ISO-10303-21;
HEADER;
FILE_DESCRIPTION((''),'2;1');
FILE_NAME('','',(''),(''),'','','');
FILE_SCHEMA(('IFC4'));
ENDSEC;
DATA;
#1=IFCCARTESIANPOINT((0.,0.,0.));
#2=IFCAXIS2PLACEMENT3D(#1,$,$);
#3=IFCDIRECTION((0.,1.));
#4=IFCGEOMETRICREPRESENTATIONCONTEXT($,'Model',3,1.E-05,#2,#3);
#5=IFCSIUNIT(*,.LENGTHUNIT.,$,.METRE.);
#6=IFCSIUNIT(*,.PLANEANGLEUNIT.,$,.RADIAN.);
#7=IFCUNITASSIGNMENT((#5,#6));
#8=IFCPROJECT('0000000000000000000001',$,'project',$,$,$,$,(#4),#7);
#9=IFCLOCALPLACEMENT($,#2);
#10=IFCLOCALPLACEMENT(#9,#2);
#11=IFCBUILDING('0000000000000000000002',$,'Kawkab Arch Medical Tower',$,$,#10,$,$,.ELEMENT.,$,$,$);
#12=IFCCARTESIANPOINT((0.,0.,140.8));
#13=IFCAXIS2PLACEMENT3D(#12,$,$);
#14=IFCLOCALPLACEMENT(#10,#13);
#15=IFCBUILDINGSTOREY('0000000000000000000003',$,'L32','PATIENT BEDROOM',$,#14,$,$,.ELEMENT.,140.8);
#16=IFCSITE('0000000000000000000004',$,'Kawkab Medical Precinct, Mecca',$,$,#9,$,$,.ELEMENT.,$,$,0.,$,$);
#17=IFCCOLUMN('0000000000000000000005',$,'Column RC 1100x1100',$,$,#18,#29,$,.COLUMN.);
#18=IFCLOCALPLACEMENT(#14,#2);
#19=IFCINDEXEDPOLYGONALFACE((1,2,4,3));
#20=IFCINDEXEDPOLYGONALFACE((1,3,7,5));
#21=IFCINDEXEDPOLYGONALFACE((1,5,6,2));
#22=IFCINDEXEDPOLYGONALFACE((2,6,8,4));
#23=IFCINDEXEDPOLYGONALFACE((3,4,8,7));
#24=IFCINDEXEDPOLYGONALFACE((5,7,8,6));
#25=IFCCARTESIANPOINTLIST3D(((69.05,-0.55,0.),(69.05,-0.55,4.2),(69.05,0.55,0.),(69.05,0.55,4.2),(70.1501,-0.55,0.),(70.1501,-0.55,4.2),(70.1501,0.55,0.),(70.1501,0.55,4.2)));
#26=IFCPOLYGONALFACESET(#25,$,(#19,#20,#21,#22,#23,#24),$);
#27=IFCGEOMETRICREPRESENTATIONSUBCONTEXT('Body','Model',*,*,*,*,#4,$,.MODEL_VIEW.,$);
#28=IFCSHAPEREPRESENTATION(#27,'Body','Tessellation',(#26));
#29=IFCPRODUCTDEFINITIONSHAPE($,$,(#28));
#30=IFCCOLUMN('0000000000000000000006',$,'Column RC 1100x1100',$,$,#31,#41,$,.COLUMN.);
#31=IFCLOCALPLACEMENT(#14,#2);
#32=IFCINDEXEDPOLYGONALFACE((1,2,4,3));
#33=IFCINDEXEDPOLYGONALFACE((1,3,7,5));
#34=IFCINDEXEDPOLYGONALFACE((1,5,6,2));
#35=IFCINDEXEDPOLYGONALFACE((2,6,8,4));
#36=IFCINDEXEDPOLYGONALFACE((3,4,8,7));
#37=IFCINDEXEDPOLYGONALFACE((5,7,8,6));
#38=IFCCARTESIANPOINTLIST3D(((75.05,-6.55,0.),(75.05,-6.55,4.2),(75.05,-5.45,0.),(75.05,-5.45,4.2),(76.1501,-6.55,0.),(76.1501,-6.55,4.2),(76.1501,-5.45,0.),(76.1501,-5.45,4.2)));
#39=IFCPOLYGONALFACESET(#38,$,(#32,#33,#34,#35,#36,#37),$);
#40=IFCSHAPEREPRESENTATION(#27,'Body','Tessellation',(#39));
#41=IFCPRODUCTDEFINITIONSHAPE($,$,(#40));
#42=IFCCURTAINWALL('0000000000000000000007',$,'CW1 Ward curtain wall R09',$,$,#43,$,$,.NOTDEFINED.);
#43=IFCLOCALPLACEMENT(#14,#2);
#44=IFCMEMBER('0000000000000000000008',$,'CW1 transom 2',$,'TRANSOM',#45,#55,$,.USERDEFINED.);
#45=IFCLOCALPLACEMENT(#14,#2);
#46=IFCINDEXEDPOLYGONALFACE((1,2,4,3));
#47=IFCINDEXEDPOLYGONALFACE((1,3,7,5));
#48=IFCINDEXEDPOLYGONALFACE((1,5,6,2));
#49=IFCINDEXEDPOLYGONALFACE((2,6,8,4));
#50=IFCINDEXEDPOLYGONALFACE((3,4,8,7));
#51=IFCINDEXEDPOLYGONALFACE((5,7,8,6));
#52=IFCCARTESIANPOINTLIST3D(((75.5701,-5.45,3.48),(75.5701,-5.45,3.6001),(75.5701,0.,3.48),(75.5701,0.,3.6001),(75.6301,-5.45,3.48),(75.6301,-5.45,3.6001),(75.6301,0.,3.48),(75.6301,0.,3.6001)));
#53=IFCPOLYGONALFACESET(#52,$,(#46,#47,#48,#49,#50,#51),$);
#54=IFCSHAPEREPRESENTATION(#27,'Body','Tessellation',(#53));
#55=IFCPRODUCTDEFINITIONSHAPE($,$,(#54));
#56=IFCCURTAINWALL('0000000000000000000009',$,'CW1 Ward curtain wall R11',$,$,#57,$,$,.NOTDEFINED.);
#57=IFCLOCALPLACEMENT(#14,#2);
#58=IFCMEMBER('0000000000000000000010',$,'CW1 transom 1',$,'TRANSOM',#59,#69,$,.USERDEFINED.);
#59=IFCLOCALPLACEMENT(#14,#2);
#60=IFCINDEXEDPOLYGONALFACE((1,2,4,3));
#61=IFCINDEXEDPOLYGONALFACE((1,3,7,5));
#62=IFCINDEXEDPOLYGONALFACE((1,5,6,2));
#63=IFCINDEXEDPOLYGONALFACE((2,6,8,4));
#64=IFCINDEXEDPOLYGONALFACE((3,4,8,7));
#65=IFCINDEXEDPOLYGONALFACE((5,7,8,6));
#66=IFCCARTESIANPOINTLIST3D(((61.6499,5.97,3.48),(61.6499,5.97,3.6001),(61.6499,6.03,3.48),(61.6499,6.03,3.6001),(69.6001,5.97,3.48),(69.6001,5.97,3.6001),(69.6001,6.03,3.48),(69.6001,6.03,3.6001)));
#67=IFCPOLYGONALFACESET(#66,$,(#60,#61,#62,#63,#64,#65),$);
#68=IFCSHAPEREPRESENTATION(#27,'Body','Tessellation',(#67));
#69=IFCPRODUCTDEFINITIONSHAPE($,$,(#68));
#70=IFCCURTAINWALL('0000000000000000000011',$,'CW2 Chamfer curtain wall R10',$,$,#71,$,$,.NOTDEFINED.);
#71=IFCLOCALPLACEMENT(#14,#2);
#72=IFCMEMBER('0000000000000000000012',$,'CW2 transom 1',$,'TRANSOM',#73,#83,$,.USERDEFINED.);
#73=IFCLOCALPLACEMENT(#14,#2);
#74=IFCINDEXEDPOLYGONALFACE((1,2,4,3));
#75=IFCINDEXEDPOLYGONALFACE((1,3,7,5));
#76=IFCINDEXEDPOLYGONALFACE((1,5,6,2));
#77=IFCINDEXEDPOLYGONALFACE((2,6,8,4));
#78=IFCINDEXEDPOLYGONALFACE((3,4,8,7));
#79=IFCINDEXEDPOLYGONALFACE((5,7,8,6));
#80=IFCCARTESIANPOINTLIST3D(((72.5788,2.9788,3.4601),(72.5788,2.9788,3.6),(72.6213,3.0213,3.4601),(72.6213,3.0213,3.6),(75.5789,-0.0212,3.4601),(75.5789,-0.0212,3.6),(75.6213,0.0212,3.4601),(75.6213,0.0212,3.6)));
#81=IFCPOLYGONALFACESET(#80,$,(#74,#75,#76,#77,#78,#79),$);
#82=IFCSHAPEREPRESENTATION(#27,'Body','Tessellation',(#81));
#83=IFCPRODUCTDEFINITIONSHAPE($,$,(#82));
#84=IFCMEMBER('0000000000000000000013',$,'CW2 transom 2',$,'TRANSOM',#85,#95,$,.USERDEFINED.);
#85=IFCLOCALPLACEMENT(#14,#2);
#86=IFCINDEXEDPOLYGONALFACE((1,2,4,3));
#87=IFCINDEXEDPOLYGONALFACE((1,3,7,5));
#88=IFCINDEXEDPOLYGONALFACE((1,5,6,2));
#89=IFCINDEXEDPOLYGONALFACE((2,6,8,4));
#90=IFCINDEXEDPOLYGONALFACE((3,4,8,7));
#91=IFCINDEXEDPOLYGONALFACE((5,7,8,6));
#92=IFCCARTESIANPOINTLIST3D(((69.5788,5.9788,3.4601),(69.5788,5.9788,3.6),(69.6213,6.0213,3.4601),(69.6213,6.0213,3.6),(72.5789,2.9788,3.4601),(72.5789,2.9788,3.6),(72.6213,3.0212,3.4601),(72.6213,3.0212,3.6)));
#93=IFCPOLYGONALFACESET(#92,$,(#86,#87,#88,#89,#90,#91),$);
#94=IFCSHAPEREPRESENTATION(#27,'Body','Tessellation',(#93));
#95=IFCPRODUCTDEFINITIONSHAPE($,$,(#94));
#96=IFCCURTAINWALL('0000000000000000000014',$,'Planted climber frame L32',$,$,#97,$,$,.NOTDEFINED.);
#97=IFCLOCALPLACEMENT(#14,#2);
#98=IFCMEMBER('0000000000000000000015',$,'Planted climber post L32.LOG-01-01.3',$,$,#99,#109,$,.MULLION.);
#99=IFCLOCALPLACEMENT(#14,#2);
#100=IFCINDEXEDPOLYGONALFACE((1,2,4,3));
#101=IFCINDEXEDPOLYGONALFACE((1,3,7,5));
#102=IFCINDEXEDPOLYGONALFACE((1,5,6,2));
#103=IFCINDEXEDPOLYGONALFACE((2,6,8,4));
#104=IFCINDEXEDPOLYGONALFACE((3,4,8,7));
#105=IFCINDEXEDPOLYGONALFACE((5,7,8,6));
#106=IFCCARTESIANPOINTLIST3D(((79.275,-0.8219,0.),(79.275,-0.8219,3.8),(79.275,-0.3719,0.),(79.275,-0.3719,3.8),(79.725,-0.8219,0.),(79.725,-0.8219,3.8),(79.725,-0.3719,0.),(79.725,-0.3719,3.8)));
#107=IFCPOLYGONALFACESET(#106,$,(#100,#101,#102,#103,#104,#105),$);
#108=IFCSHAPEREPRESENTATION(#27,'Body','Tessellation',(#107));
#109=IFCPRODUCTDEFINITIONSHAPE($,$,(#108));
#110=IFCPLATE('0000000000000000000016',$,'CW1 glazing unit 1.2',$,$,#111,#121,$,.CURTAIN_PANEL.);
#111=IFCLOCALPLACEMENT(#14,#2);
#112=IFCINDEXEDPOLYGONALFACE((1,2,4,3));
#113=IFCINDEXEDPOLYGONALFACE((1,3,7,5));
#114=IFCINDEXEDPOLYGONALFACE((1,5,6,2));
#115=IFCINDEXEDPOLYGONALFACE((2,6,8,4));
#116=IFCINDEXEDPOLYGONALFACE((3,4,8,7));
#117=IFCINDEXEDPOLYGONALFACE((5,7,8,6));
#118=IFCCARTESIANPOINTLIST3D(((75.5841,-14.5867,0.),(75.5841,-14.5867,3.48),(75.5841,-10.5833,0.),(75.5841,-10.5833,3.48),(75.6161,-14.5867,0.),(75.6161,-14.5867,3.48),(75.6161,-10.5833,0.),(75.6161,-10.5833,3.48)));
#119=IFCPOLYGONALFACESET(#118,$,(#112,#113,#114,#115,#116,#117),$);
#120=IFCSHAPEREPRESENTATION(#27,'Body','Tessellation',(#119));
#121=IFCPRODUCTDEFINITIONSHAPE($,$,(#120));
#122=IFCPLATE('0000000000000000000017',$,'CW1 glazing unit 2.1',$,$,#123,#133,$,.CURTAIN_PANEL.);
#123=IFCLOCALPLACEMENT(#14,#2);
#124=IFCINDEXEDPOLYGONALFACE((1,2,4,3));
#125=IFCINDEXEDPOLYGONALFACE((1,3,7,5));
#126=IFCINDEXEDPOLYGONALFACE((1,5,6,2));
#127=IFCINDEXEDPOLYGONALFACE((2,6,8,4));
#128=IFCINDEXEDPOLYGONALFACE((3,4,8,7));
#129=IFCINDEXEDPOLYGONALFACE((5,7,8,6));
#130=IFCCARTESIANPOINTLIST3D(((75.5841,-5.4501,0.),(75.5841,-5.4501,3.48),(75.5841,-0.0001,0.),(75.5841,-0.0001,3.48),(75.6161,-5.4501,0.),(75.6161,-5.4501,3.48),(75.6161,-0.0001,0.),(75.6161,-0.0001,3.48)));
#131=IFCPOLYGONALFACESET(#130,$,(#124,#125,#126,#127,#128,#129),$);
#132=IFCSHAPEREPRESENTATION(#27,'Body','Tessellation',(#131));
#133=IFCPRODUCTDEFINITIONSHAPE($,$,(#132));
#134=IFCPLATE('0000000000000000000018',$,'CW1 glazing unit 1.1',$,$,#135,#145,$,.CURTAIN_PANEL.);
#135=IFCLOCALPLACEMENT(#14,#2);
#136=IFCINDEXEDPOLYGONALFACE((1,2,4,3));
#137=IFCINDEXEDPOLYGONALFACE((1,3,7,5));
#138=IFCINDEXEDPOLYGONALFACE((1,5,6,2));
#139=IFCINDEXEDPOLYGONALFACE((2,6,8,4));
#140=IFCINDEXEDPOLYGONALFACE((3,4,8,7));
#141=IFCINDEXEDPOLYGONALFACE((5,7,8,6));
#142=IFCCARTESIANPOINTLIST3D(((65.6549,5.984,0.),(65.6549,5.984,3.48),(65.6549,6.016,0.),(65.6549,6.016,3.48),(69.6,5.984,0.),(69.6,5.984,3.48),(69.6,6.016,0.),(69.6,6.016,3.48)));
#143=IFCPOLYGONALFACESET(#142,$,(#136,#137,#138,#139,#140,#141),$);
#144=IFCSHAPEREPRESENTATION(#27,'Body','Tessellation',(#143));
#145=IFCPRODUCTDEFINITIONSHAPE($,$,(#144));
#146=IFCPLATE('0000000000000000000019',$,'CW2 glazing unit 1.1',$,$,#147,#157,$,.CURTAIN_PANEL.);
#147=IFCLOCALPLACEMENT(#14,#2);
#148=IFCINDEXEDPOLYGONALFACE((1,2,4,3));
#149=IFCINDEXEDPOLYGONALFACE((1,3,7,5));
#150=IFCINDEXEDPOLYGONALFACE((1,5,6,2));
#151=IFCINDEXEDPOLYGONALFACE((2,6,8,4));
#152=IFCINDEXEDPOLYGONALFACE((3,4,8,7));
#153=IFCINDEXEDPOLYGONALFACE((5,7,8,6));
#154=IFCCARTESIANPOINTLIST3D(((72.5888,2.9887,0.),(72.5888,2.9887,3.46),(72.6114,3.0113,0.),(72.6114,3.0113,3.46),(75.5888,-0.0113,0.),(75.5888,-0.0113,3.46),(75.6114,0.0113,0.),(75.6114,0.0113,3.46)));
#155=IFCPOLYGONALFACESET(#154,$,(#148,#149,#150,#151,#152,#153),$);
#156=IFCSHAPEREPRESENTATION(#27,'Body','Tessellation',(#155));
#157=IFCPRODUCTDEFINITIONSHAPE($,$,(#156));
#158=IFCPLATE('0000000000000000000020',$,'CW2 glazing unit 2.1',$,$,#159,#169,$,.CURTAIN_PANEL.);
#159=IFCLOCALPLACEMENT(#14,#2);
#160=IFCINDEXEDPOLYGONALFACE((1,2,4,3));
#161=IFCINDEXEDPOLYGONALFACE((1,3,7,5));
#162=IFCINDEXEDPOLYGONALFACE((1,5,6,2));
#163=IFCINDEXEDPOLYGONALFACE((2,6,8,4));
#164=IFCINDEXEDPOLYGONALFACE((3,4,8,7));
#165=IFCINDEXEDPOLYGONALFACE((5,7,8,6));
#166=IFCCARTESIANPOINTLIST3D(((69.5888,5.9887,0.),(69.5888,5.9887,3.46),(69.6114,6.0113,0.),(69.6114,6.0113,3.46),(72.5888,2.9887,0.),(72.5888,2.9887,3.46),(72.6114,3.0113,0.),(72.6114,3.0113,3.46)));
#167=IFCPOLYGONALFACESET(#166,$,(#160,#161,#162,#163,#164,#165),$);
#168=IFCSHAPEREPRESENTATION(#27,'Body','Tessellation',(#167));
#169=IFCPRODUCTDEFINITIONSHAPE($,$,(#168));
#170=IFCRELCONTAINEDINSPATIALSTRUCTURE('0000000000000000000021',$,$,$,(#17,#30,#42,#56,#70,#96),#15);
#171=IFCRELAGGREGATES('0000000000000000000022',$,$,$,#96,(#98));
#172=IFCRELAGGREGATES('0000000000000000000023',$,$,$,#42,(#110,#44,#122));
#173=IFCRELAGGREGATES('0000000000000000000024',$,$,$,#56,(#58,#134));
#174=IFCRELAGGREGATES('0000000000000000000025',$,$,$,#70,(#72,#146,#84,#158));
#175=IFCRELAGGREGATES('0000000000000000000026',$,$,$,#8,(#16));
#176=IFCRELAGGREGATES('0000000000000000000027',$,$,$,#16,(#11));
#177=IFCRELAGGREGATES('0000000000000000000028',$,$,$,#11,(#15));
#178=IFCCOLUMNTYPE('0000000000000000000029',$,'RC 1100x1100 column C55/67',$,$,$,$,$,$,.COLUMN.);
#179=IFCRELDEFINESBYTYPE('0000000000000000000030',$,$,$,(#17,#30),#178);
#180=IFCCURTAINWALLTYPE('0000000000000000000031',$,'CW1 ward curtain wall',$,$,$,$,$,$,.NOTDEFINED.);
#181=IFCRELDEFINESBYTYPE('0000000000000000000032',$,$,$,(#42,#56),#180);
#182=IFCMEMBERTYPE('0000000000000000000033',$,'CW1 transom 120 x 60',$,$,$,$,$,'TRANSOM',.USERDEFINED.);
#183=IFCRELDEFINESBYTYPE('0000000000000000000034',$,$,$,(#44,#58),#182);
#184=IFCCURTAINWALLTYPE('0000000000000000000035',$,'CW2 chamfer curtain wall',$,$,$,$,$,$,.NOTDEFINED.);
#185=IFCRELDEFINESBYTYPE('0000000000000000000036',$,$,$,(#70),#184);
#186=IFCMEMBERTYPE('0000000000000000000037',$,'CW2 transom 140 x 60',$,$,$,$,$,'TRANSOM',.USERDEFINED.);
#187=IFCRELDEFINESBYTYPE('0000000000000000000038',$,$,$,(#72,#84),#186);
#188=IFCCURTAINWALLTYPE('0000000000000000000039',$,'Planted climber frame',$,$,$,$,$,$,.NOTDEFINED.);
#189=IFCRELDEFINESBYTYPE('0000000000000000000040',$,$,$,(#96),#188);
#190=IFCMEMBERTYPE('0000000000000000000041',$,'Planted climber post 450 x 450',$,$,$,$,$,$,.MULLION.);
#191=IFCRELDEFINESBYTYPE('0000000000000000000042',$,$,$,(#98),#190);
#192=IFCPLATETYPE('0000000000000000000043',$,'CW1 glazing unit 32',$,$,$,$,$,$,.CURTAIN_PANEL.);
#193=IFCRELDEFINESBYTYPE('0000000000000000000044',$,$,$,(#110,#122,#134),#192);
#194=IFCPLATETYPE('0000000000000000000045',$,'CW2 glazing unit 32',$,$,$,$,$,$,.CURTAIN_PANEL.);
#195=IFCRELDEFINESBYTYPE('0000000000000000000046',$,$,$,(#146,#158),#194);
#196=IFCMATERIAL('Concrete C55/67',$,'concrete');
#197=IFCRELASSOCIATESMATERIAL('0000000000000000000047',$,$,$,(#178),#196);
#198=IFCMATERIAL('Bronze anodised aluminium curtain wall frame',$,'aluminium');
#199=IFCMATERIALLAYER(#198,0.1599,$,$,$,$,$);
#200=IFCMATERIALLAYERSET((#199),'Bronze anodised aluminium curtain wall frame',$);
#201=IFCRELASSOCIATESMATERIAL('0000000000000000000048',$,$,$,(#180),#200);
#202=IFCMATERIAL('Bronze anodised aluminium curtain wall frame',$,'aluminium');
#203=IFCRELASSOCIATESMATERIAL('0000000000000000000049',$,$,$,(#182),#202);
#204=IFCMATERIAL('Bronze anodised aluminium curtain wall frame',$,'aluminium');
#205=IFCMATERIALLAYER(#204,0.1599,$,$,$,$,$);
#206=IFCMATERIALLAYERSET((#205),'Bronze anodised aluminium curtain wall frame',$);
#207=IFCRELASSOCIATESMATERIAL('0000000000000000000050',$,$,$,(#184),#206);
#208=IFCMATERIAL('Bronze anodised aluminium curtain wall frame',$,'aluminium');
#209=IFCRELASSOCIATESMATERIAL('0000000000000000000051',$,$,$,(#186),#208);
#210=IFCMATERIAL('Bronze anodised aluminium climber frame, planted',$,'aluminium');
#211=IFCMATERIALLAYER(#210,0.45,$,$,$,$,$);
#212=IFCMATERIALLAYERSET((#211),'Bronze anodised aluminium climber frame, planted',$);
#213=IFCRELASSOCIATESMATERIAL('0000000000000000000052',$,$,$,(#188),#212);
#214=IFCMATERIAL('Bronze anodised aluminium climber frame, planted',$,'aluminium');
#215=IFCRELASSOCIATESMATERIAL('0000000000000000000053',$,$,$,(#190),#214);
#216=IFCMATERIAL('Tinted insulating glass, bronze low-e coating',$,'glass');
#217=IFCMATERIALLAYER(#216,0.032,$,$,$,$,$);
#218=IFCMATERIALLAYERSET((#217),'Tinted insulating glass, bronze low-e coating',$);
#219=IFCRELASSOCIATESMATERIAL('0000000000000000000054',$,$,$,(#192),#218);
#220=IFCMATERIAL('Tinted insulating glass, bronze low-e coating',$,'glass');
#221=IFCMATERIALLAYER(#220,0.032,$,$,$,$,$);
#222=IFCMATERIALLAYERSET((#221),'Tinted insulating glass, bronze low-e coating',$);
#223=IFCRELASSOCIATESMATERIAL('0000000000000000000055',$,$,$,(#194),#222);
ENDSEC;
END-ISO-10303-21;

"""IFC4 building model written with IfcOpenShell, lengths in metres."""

from ifc_helpers import new_model, si_unit, direction, frame, origin, origin_2d, place, context, subcontext, project, spatial, rectangle, extrude, material, layer, layer_set, material_profile, profile_set, type_object, element, aggregate, save


model = new_model("IFC4")

# Units and contexts
model_context = context("Model", 3, precision=1e-05, world=origin(), true_north=direction((0.0, 1.0)))
body_context = subcontext(model_context, "Body", "Model", "MODEL_VIEW")
ifc_project = project(units=[si_unit("LENGTHUNIT", "METRE"), si_unit("PLANEANGLEUNIT", "RADIAN")], contexts=[model_context])

# Site, building, storey
site_placement = place(None, origin())
site = spatial("IfcSite", under=ifc_project, at=site_placement, Name="Kawkab Medical Precinct, Mecca", CompositionType="ELEMENT", RefElevation=0.0)
building_placement = place(site_placement, origin())
building = spatial("IfcBuilding", under=site, at=building_placement, Name="Kawkab Arch Medical Tower", CompositionType="ELEMENT")
storey_placement = place(building_placement, frame((0.0, 0.0, 140.8)))
storey = spatial("IfcBuildingStorey", under=building, at=storey_placement, Name="L32", Description="PATIENT BEDROOM", CompositionType="ELEMENT", Elevation=140.8)

# Columns
ifc_material_1 = material(Name="Concrete C55/67", Category="concrete")
ifc_material_profile_1 = material_profile(ifc_material_1, rectangle(XDim=1.1001, YDim=1.1001, at=origin_2d()), Name="RC 1100x1100")
ifc_profile_set_1 = profile_set([ifc_material_profile_1], Name="Concrete C55/67")
column_type = type_object("IfcColumnType", Name="RC 1100x1100 column C55/67", PredefinedType="COLUMN", material=ifc_profile_set_1)
for number, where, z_axis, x_axis, name in (
    (1, (69.6001, 0.0, 0.0), (0.0, 0.0, 1.0), (1.0, 0.0, 0.0), "Column RC 1100x1100"),
    (2, (75.6001, -6.0, 0.0), (0.0, 0.0, 1.0), (1.0, 0.0, 0.0), "Column RC 1100x1100"),
):
    element("IfcColumn", number, at=place(storey_placement, frame(where, z_axis=z_axis, x_axis=x_axis)), inside=storey, type_object=column_type, Name=name, PredefinedType="COLUMN", context=body_context, shape_type="SweptSolid", body=[
        extrude(rectangle(XDim=1.1001, YDim=1.1001, at=origin_2d()), origin(), (0.0, 0.0, 1.0), 4.2),
    ])

# Curtain walls, members
ifc_material_2 = material(Name="Bronze anodised aluminium curtain wall frame", Category="aluminium")
ifc_layer_1 = layer(ifc_material_2, 0.1599)
ifc_layer_set_1 = layer_set([ifc_layer_1], Name="Bronze anodised aluminium curtain wall frame")
curtain_wall_type_1 = type_object("IfcCurtainWallType", Name="CW1 ward curtain wall", PredefinedType="NOTDEFINED", material=ifc_layer_set_1)
placement = place(storey_placement, origin())
curtain_wall_1 = element("IfcCurtainWall", 3, at=placement, inside=storey, type_object=curtain_wall_type_1, Name="CW1 Ward curtain wall R09", PredefinedType="NOTDEFINED")
ifc_material_3 = material(Name="Bronze anodised aluminium curtain wall frame", Category="aluminium")
ifc_material_profile_2 = material_profile(ifc_material_3, rectangle(XDim=0.0601, YDim=0.1201, at=origin_2d()), Name="AL 60x120")
ifc_profile_set_2 = profile_set([ifc_material_profile_2], Name="Bronze anodised aluminium curtain wall frame")
member_type_1 = type_object("IfcMemberType", Name="CW1 transom 120 x 60", ElementType="TRANSOM", PredefinedType="USERDEFINED", material=ifc_profile_set_2)
member_1_placement = place(storey_placement, frame((75.6001, -5.45, 3.54), z_axis=(0.0, 1.0, 0.0), x_axis=(-1.0, 0.0, 0.0)))
member_1 = element("IfcMember", 4, at=member_1_placement, type_object=member_type_1, Name="CW1 transom 2", ObjectType="TRANSOM", PredefinedType="USERDEFINED", context=body_context, shape_type="SweptSolid", body=[
    extrude(rectangle(XDim=0.0601, YDim=0.1201, at=origin_2d()), origin(), (0.0, 0.0, 1.0), 5.45),
])
curtain_wall_2 = element("IfcCurtainWall", 5, at=placement, inside=storey, type_object=curtain_wall_type_1, Name="CW1 Ward curtain wall R11", PredefinedType="NOTDEFINED")
member_2_placement = place(storey_placement, frame((69.6001, 6.0, 3.54), z_axis=(-1.0, 0.0, 0.0), x_axis=(0.0, -1.0, 0.0)))
member_2 = element("IfcMember", 6, at=member_2_placement, type_object=member_type_1, Name="CW1 transom 1", ObjectType="TRANSOM", PredefinedType="USERDEFINED", context=body_context, shape_type="SweptSolid", body=[
    extrude(rectangle(XDim=0.0601, YDim=0.1201, at=origin_2d()), origin(), (0.0, 0.0, 1.0), 7.9502),
])

# Curtain wall, members
ifc_material_4 = material(Name="Bronze anodised aluminium curtain wall frame", Category="aluminium")
ifc_layer_2 = layer(ifc_material_4, 0.1599)
ifc_layer_set_2 = layer_set([ifc_layer_2], Name="Bronze anodised aluminium curtain wall frame")
curtain_wall_type_2 = type_object("IfcCurtainWallType", Name="CW2 chamfer curtain wall", PredefinedType="NOTDEFINED", material=ifc_layer_set_2)
curtain_wall_3 = element("IfcCurtainWall", 7, at=placement, inside=storey, type_object=curtain_wall_type_2, Name="CW2 Chamfer curtain wall R10", PredefinedType="NOTDEFINED")
ifc_material_5 = material(Name="Bronze anodised aluminium curtain wall frame", Category="aluminium")
ifc_material_profile_3 = material_profile(ifc_material_5, rectangle(XDim=0.0601, YDim=0.1399, at=origin_2d()), Name="AL 60x140")
ifc_profile_set_3 = profile_set([ifc_material_profile_3], Name="Bronze anodised aluminium curtain wall frame")
member_type_2 = type_object("IfcMemberType", Name="CW2 transom 140 x 60", ElementType="TRANSOM", PredefinedType="USERDEFINED", material=ifc_profile_set_3)
member_3_placement = place(storey_placement, frame((75.6001, 0.0, 3.53), z_axis=(-0.707107, 0.707107, 0.0), x_axis=(-0.707107, -0.707107, 0.0)))
member_3 = element("IfcMember", 8, at=member_3_placement, type_object=member_type_2, Name="CW2 transom 1", ObjectType="TRANSOM", PredefinedType="USERDEFINED", context=body_context, shape_type="SweptSolid", body=[
    extrude(rectangle(XDim=0.0601, YDim=0.1399, at=origin_2d()), origin(), (0.0, 0.0, 1.0), 4.2427),
])
member_4_placement = place(storey_placement, frame((72.6001, 3.0, 3.53), z_axis=(-0.707107, 0.707107, 0.0), x_axis=(-0.707107, -0.707107, 0.0)))
member_4 = element("IfcMember", 9, at=member_4_placement, type_object=member_type_2, Name="CW2 transom 2", ObjectType="TRANSOM", PredefinedType="USERDEFINED", context=body_context, shape_type="SweptSolid", body=[
    extrude(rectangle(XDim=0.0601, YDim=0.1399, at=origin_2d()), origin(), (0.0, 0.0, 1.0), 4.2427),
])

# Curtain wall, member
ifc_material_6 = material(Name="Bronze anodised aluminium climber frame, planted", Category="aluminium")
ifc_layer_3 = layer(ifc_material_6, 0.45)
ifc_layer_set_3 = layer_set([ifc_layer_3], Name="Bronze anodised aluminium climber frame, planted")
curtain_wall_type_3 = type_object("IfcCurtainWallType", Name="Planted climber frame", PredefinedType="NOTDEFINED", material=ifc_layer_set_3)
curtain_wall_4 = element("IfcCurtainWall", 10, at=placement, inside=storey, type_object=curtain_wall_type_3, Name="Planted climber frame L32", PredefinedType="NOTDEFINED")
ifc_material_7 = material(Name="Bronze anodised aluminium climber frame, planted", Category="aluminium")
ifc_material_profile_4 = material_profile(ifc_material_7, rectangle(XDim=0.45, YDim=0.45, at=origin_2d()), Name="Post 450x450")
ifc_profile_set_4 = profile_set([ifc_material_profile_4], Name="Bronze anodised aluminium climber frame, planted")
member_type_3 = type_object("IfcMemberType", Name="Planted climber post 450 x 450", PredefinedType="MULLION", material=ifc_profile_set_4)
member_5_placement = place(storey_placement, frame((79.5, -0.5969, 0.0), z_axis=(0.0, 0.0, 1.0), x_axis=(1.0, 0.0, 0.0)))
member_5 = element("IfcMember", 11, at=member_5_placement, type_object=member_type_3, Name="Planted climber post L32.LOG-01-01.3", PredefinedType="MULLION", context=body_context, shape_type="SweptSolid", body=[
    extrude(rectangle(XDim=0.45, YDim=0.45, at=origin_2d()), origin(), (0.0, 0.0, 1.0), 3.8),
])
aggregate(curtain_wall_4, [member_5])

# Plates
ifc_material_8 = material(Name="Tinted insulating glass, bronze low-e coating", Category="glass")
ifc_layer_4 = layer(ifc_material_8, 0.032)
ifc_layer_set_4 = layer_set([ifc_layer_4], Name="Tinted insulating glass, bronze low-e coating")
plate_type_1 = type_object("IfcPlateType", Name="CW1 glazing unit 32", PredefinedType="CURTAIN_PANEL", material=ifc_layer_set_4)
plate_1_placement = place(storey_placement, frame((75.6001, -12.585, 0.0), z_axis=(0.0, 0.0, 1.0), x_axis=(0.0, 1.0, 0.0)))
plate_1 = element("IfcPlate", 12, at=plate_1_placement, type_object=plate_type_1, Name="CW1 glazing unit 1.2", PredefinedType="CURTAIN_PANEL", context=body_context, shape_type="SweptSolid", body=[
    extrude(rectangle(XDim=4.0034, YDim=0.032, at=origin_2d()), origin(), (0.0, 0.0, 1.0), 3.48),
])
plate_2_placement = place(storey_placement, frame((75.6001, -2.7251, 0.0), z_axis=(0.0, 0.0, 1.0), x_axis=(0.0, 1.0, 0.0)))
plate_2 = element("IfcPlate", 13, at=plate_2_placement, type_object=plate_type_1, Name="CW1 glazing unit 2.1", PredefinedType="CURTAIN_PANEL", context=body_context, shape_type="SweptSolid", body=[
    extrude(rectangle(XDim=5.45, YDim=0.032, at=origin_2d()), origin(), (0.0, 0.0, 1.0), 3.48),
])
aggregate(curtain_wall_1, [plate_1, member_1, plate_2])
plate_3_placement = place(storey_placement, frame((67.6274, 6.0, 0.0), z_axis=(0.0, 0.0, 1.0), x_axis=(-1.0, 0.0, 0.0)))
plate_3 = element("IfcPlate", 14, at=plate_3_placement, type_object=plate_type_1, Name="CW1 glazing unit 1.1", PredefinedType="CURTAIN_PANEL", context=body_context, shape_type="SweptSolid", body=[
    extrude(rectangle(XDim=3.9451, YDim=0.032, at=origin_2d()), origin(), (0.0, 0.0, 1.0), 3.48),
])
aggregate(curtain_wall_2, [member_2, plate_3])
ifc_material_9 = material(Name="Tinted insulating glass, bronze low-e coating", Category="glass")
ifc_layer_5 = layer(ifc_material_9, 0.032)
ifc_layer_set_5 = layer_set([ifc_layer_5], Name="Tinted insulating glass, bronze low-e coating")
plate_type_2 = type_object("IfcPlateType", Name="CW2 glazing unit 32", PredefinedType="CURTAIN_PANEL", material=ifc_layer_set_5)
plate_4_placement = place(storey_placement, frame((74.1001, 1.5, 0.0), z_axis=(0.0, 0.0, 1.0), x_axis=(-0.707107, 0.707107, 0.0)))
plate_4 = element("IfcPlate", 15, at=plate_4_placement, type_object=plate_type_2, Name="CW2 glazing unit 1.1", PredefinedType="CURTAIN_PANEL", context=body_context, shape_type="SweptSolid", body=[
    extrude(rectangle(XDim=4.2427, YDim=0.032, at=origin_2d()), origin(), (0.0, 0.0, 1.0), 3.46),
])
plate_5_placement = place(storey_placement, frame((71.1001, 4.5, 0.0), z_axis=(0.0, 0.0, 1.0), x_axis=(-0.707107, 0.707107, 0.0)))
plate_5 = element("IfcPlate", 16, at=plate_5_placement, type_object=plate_type_2, Name="CW2 glazing unit 2.1", PredefinedType="CURTAIN_PANEL", context=body_context, shape_type="SweptSolid", body=[
    extrude(rectangle(XDim=4.2427, YDim=0.032, at=origin_2d()), origin(), (0.0, 0.0, 1.0), 3.46),
])
aggregate(curtain_wall_3, [member_3, plate_4, member_4, plate_5])

save(model, "model.ifc")
